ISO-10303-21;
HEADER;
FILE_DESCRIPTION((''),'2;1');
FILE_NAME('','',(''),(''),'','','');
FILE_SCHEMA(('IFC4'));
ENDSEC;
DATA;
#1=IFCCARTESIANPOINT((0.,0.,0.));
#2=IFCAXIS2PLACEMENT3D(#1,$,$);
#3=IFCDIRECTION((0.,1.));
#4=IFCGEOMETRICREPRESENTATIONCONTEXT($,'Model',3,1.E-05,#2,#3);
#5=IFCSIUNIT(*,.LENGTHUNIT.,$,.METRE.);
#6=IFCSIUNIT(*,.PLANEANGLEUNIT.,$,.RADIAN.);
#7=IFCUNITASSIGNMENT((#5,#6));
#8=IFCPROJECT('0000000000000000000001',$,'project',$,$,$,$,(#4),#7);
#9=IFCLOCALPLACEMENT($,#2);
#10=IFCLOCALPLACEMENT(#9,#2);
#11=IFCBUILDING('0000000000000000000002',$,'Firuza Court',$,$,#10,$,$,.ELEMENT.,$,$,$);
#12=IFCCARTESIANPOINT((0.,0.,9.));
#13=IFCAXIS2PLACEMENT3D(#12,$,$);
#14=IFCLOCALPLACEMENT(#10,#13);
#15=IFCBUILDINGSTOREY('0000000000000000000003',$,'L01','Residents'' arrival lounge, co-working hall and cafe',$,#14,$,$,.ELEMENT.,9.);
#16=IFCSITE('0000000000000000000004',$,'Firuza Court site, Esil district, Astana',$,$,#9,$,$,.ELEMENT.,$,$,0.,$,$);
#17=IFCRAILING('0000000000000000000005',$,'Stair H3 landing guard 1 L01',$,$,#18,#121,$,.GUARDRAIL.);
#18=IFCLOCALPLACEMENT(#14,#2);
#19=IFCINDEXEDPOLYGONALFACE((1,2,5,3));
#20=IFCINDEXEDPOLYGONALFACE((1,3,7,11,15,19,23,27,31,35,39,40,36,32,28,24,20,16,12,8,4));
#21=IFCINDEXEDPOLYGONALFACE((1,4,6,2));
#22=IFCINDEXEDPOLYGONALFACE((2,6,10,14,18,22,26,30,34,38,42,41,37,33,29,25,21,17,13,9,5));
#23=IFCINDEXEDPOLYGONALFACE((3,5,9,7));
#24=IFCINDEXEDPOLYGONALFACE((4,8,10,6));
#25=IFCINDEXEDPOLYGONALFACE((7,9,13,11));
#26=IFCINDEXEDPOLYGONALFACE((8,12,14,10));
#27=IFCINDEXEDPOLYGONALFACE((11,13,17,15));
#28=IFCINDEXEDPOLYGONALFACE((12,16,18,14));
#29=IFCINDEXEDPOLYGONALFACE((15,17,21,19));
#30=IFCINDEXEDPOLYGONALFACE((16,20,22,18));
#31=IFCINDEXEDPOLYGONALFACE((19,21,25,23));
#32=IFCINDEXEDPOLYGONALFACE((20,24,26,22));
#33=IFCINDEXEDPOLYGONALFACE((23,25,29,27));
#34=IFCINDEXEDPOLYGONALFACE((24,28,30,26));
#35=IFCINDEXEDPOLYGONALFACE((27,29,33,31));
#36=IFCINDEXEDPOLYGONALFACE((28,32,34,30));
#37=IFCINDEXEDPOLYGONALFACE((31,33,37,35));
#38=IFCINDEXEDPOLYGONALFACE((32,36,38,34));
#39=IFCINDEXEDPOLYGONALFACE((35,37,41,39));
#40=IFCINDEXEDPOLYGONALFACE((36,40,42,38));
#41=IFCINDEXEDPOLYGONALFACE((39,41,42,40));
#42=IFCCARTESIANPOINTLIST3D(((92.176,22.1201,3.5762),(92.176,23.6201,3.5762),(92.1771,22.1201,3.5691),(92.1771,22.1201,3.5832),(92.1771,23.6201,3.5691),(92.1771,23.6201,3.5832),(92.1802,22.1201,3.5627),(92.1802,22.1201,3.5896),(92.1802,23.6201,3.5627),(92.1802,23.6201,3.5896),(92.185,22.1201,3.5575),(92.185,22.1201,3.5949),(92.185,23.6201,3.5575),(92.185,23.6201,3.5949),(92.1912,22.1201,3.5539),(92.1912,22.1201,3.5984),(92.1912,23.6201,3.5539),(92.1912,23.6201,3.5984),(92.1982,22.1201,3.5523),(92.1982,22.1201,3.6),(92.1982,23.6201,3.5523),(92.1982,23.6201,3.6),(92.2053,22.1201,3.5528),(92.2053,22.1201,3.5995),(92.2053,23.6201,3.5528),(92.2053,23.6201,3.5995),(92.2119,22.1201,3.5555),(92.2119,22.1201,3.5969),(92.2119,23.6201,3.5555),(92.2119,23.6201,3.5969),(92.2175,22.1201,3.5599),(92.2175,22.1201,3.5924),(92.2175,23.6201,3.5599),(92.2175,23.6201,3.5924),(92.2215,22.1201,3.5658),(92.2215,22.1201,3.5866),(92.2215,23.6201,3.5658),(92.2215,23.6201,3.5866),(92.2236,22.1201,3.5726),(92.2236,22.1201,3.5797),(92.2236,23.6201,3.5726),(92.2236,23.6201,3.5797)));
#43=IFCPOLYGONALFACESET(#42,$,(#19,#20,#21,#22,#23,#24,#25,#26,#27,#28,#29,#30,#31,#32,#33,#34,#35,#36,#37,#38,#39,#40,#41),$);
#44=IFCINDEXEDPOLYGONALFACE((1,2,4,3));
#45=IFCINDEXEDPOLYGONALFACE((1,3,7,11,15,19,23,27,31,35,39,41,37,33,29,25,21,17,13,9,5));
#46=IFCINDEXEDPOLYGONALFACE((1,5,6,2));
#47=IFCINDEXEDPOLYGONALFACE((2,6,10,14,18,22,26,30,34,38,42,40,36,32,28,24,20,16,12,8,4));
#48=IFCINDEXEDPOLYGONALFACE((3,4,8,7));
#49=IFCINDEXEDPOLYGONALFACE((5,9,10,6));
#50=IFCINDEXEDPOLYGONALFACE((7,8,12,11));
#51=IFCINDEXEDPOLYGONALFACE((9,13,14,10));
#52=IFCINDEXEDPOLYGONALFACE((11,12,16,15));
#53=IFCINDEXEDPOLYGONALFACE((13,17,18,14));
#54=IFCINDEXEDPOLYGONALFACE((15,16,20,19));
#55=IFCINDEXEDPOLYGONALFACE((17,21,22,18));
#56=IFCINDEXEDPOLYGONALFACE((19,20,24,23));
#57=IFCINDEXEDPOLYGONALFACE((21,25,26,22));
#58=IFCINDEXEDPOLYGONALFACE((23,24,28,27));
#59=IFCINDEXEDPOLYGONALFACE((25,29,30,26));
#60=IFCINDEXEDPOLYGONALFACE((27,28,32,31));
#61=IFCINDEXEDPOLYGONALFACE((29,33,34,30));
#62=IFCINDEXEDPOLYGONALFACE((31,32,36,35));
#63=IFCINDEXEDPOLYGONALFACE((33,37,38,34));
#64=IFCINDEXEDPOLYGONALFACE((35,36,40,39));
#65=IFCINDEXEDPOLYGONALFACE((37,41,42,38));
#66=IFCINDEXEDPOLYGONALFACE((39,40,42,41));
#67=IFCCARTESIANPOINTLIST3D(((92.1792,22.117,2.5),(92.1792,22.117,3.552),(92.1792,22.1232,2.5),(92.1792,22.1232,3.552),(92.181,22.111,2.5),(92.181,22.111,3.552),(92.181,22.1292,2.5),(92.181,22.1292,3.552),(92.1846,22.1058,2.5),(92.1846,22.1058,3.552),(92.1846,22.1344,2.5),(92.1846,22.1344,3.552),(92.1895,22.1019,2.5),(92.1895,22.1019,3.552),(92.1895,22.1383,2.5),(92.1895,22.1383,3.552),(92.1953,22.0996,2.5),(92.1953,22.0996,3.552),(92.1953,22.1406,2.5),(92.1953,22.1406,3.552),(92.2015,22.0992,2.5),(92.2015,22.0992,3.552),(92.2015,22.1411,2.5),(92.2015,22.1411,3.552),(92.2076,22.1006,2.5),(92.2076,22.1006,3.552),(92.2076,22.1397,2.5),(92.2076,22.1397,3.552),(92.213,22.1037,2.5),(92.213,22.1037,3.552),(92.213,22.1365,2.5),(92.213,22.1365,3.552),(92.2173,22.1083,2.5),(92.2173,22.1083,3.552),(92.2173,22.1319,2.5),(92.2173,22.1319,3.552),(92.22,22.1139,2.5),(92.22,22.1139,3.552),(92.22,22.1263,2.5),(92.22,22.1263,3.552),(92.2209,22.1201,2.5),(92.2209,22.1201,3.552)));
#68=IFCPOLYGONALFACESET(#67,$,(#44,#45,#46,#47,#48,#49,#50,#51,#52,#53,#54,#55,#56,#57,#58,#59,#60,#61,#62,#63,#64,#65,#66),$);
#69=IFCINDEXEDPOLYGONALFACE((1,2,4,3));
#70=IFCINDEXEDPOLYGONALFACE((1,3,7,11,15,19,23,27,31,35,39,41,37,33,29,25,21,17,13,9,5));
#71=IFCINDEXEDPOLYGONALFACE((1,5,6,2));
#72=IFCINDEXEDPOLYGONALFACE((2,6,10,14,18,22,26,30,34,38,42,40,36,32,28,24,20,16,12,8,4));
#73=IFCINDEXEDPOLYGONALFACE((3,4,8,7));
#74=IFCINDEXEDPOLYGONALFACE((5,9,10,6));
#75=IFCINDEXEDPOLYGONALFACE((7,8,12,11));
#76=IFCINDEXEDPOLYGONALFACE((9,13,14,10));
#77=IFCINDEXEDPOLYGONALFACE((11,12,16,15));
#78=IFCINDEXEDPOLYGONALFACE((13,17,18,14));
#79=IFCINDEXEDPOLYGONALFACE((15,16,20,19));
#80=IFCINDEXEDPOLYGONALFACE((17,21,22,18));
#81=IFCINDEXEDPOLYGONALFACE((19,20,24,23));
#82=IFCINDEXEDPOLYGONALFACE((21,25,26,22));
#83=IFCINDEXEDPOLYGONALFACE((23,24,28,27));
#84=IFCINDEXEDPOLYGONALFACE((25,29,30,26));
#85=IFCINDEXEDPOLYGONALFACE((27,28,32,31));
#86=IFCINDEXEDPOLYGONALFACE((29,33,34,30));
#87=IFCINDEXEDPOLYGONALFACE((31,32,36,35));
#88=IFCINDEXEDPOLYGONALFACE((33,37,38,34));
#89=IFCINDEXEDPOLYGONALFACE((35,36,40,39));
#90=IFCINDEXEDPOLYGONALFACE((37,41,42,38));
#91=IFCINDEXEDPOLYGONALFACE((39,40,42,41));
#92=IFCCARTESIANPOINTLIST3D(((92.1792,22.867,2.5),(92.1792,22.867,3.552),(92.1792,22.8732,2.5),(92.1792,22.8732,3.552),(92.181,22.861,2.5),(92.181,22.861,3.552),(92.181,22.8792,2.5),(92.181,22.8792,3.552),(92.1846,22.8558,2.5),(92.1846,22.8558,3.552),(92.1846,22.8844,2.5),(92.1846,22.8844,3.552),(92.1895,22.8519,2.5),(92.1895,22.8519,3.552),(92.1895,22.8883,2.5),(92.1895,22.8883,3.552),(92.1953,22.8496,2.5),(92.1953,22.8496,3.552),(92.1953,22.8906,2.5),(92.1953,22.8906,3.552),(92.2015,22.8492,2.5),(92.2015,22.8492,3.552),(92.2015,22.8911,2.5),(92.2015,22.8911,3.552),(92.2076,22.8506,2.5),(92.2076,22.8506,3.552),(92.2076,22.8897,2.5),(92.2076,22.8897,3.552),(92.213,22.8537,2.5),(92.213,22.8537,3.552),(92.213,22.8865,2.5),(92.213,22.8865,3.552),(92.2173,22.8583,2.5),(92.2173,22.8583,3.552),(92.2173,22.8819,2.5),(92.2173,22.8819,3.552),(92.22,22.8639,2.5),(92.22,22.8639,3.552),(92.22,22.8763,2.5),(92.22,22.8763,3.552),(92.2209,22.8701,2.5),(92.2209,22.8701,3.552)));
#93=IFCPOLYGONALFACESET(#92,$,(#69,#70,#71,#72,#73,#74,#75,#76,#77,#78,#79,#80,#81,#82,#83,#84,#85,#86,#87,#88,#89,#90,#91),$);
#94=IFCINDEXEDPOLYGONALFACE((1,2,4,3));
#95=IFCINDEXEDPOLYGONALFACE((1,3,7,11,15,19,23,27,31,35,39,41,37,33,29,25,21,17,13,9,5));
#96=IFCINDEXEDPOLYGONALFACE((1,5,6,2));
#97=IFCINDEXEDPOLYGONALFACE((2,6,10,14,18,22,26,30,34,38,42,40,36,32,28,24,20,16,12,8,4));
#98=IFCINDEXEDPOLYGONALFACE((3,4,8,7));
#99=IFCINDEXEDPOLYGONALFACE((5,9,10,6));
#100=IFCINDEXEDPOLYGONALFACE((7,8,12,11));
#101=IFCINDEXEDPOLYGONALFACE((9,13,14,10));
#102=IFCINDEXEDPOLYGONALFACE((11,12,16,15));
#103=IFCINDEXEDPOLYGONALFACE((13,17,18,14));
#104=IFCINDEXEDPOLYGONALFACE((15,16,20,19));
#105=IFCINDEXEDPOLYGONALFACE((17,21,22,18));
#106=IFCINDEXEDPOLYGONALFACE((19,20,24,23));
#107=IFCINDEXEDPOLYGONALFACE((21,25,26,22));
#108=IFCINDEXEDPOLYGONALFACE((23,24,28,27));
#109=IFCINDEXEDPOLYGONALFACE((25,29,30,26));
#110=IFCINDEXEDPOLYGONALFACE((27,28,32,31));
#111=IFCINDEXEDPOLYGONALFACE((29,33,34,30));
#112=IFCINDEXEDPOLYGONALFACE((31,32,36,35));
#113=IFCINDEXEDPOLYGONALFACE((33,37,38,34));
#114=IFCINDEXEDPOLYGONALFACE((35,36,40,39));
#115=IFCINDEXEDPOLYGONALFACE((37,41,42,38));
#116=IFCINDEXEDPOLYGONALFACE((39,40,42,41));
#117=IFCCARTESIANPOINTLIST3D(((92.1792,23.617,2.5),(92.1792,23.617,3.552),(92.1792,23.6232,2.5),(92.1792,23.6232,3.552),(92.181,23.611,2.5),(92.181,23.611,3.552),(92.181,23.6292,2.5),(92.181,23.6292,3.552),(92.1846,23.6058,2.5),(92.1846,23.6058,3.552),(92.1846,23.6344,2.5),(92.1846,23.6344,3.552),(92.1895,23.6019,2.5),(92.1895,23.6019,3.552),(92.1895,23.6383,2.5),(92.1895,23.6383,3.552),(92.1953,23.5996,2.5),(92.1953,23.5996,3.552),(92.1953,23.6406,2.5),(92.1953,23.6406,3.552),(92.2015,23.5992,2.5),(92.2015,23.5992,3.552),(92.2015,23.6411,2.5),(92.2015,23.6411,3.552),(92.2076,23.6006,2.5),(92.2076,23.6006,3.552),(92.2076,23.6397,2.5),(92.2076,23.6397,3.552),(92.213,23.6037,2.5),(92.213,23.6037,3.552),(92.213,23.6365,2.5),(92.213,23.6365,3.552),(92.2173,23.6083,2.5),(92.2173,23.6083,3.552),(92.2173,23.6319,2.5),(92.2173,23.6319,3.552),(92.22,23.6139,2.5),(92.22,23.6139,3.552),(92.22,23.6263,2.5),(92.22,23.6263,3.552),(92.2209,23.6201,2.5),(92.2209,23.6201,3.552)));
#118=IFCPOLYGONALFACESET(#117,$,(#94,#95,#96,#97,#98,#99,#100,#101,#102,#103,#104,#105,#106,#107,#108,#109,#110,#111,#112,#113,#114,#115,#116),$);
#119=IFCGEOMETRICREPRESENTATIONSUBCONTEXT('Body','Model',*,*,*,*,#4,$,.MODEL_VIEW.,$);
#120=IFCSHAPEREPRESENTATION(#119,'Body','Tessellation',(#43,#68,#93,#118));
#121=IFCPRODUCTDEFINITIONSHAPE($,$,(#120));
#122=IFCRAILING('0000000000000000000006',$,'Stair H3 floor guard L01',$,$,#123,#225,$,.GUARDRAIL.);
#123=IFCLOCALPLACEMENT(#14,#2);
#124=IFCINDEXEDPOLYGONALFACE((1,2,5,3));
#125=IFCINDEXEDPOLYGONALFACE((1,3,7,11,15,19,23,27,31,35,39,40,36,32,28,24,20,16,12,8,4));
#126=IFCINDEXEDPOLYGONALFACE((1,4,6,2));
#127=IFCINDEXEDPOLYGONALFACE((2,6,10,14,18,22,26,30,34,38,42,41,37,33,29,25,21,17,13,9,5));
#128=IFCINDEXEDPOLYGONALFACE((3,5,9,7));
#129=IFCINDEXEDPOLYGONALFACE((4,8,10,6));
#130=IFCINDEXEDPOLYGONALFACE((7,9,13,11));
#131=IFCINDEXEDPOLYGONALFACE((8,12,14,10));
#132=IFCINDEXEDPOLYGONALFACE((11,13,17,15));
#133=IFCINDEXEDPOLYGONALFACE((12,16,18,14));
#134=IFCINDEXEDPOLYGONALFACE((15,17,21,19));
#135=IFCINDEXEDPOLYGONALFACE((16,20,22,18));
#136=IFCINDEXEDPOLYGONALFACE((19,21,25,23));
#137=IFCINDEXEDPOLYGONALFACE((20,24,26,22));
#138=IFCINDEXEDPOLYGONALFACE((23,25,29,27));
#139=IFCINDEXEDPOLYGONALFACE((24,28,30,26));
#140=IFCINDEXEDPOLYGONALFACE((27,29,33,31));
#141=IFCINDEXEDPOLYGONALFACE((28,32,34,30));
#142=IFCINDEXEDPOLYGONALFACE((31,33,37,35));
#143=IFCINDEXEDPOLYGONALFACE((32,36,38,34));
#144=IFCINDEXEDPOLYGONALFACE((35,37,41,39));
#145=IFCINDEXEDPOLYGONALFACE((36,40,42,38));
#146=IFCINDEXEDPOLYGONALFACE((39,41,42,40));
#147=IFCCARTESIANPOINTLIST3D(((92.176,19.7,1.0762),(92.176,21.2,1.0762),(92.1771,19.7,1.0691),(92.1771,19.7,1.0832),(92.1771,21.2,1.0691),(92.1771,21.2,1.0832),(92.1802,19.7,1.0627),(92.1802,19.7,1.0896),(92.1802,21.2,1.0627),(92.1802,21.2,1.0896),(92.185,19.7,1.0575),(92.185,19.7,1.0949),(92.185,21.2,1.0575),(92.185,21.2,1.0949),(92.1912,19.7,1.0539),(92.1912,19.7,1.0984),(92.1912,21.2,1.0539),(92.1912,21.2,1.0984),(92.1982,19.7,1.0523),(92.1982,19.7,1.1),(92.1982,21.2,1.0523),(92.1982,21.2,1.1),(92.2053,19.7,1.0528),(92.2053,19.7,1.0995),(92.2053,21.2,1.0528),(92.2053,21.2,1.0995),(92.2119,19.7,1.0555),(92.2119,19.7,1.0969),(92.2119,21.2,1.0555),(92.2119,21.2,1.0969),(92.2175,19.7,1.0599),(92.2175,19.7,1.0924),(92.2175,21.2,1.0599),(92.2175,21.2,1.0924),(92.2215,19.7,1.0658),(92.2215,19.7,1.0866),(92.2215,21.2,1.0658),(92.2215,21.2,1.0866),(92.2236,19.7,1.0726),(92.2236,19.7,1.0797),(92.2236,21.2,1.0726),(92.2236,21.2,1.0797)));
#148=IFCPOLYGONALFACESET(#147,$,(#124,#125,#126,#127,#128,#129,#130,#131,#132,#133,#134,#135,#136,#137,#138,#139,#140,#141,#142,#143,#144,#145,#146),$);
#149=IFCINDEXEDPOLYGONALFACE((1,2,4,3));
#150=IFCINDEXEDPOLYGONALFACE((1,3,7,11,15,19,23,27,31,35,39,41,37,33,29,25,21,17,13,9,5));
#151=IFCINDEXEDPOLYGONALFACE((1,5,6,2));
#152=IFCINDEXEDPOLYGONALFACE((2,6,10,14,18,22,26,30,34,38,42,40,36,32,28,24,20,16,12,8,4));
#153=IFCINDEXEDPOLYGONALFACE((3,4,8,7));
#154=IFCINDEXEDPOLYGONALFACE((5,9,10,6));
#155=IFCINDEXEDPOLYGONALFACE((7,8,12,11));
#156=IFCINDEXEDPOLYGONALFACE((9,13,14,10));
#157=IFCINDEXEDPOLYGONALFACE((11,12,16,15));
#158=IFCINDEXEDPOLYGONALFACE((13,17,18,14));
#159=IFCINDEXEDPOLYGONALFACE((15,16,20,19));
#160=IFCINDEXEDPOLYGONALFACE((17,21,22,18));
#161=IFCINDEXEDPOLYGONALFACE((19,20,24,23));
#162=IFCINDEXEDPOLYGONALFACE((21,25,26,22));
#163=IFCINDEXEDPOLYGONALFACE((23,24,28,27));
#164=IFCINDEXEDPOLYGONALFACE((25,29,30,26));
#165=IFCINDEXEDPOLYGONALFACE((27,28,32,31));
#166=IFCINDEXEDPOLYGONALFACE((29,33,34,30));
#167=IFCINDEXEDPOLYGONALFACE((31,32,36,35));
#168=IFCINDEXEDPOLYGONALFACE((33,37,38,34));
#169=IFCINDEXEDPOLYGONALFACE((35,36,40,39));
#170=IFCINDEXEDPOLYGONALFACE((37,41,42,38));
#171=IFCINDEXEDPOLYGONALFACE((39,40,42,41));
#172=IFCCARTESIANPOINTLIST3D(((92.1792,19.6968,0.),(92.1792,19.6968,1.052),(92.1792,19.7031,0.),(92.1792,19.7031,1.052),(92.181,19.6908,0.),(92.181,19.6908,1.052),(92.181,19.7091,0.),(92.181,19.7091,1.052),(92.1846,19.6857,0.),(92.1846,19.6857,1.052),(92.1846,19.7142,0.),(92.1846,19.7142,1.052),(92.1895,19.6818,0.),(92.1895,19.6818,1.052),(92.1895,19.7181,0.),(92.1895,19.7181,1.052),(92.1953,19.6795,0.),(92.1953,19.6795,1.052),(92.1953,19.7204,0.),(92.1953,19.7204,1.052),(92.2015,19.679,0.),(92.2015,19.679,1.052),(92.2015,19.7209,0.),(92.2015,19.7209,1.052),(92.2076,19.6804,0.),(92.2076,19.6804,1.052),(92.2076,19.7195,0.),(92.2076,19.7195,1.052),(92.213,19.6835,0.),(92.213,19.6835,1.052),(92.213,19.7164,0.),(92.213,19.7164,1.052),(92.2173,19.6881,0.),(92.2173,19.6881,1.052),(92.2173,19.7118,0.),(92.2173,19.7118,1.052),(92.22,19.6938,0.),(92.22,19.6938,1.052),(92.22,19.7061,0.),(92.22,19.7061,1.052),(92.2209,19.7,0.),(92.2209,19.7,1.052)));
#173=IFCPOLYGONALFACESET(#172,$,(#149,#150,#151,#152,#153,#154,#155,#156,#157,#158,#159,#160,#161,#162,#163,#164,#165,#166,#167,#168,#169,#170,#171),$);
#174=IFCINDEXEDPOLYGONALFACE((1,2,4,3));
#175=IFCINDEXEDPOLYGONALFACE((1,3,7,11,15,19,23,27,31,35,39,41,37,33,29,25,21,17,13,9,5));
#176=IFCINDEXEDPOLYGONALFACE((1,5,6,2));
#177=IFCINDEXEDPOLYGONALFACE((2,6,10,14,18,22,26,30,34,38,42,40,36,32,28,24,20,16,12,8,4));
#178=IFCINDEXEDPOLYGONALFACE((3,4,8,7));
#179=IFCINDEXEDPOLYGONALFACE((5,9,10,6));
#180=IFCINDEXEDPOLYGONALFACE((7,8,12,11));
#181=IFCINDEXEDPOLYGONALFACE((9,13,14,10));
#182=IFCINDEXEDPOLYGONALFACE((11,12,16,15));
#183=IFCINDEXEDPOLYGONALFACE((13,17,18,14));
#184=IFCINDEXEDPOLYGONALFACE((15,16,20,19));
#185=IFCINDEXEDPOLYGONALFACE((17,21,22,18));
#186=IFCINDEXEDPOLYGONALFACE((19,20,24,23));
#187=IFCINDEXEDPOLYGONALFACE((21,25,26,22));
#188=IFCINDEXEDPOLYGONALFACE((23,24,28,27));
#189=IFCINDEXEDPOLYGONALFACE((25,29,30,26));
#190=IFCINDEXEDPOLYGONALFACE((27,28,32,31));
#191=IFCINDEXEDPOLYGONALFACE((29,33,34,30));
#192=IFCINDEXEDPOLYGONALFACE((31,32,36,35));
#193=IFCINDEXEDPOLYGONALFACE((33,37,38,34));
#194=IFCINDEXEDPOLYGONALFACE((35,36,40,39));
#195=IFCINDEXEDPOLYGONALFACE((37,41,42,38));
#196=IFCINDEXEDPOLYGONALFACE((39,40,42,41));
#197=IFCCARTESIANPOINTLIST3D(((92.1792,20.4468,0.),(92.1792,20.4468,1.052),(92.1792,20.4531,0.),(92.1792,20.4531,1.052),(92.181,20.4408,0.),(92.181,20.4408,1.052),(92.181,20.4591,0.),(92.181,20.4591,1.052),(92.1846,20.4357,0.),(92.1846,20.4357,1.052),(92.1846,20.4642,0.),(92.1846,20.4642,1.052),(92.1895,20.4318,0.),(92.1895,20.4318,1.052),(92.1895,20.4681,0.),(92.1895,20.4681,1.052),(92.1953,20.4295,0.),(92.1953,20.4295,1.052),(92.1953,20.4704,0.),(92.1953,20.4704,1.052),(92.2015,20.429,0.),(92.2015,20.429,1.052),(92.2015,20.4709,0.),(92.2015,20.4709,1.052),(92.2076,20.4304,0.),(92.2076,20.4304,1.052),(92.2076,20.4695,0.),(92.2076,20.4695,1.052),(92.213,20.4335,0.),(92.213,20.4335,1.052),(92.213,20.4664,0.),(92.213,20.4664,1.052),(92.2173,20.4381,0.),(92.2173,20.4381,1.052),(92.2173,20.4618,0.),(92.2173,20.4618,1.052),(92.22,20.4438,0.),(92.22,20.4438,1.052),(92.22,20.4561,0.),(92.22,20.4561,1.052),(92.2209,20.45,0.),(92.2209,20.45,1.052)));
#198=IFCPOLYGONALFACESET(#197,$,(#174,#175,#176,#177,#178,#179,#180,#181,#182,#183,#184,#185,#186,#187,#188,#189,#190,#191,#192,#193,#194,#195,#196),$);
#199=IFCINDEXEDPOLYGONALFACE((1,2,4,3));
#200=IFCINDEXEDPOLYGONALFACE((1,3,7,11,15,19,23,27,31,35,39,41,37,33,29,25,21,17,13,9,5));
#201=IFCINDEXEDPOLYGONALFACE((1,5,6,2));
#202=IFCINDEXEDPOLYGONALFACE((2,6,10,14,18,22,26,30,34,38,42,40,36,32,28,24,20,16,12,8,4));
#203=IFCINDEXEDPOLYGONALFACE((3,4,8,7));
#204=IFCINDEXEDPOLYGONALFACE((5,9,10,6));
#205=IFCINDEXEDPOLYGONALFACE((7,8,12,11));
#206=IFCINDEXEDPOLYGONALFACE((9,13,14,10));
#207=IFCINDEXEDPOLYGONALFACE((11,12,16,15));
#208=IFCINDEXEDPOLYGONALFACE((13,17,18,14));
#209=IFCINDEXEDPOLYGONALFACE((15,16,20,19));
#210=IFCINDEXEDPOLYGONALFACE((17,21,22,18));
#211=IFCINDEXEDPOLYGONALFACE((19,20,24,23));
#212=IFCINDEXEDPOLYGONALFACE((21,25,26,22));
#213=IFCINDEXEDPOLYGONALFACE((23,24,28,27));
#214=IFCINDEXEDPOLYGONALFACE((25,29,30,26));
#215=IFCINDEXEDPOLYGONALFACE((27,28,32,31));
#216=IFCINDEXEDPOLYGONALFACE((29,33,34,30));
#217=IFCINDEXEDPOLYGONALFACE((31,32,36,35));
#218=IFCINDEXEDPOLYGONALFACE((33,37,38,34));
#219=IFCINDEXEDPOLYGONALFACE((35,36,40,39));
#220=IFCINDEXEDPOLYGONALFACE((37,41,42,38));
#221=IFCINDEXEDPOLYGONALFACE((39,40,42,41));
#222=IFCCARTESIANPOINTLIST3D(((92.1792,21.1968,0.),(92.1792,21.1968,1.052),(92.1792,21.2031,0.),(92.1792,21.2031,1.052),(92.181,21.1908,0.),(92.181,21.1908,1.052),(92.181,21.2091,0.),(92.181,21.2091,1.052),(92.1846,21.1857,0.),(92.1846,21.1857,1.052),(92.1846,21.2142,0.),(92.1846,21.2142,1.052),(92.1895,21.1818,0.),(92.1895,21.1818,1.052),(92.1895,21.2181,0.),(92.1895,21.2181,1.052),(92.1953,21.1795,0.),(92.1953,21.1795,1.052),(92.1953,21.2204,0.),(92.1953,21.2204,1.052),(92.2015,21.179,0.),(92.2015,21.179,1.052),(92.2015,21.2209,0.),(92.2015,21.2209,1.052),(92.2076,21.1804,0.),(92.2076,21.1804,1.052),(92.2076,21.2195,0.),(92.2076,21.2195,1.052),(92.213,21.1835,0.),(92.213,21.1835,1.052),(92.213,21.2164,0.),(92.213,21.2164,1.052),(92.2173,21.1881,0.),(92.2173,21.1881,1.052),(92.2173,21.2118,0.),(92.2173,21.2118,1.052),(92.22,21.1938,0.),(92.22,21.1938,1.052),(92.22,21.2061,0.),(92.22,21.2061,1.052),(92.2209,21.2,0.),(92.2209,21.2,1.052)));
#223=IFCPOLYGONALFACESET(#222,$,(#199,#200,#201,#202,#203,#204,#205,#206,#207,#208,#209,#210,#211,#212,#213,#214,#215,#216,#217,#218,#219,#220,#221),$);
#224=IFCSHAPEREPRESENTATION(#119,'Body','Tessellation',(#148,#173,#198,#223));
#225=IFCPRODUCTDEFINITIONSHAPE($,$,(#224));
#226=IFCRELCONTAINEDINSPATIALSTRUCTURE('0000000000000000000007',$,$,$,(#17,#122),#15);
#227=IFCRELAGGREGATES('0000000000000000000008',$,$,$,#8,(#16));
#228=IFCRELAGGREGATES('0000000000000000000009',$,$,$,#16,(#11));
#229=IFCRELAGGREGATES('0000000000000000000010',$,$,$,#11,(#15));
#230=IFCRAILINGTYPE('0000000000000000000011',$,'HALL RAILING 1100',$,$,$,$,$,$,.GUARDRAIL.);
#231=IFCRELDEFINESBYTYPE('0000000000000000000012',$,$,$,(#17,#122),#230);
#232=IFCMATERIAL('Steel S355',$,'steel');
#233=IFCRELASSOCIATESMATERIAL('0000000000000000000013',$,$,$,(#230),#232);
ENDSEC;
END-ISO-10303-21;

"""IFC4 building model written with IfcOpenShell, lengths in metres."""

from ifc_helpers import new_model, si_unit, direction, frame, origin, origin_2d, place, context, subcontext, project, spatial, circle, extrude, material, type_object, element, save


model = new_model("IFC4")

# Units and contexts
model_context = context("Model", 3, precision=1e-05, world=origin(), true_north=direction((0.0, 1.0)))
body_context = subcontext(model_context, "Body", "Model", "MODEL_VIEW")
ifc_project = project(units=[si_unit("LENGTHUNIT", "METRE"), si_unit("PLANEANGLEUNIT", "RADIAN")], contexts=[model_context])

# Site, building, storey
site_placement = place(None, origin())
site = spatial("IfcSite", under=ifc_project, at=site_placement, Name="Firuza Court site, Esil district, Astana", CompositionType="ELEMENT", RefElevation=0.0)
building_placement = place(site_placement, origin())
building = spatial("IfcBuilding", under=site, at=building_placement, Name="Firuza Court", CompositionType="ELEMENT")
storey_placement = place(building_placement, frame((0.0, 0.0, 9.0)))
storey = spatial("IfcBuildingStorey", under=building, at=storey_placement, Name="L01", Description="Residents' arrival lounge, co-working hall and cafe", CompositionType="ELEMENT", Elevation=9.0)

# Railings
ifc_material_1 = material(Name="Steel S355", Category="steel")
railing_type_1 = type_object("IfcRailingType", Name="HALL RAILING 1100", PredefinedType="GUARDRAIL", material=ifc_material_1)
for number, where, name in (
    (1, (92.2, 22.1201, 2.5), "Stair H3 landing guard 1 L01"),
    (2, (92.2, 19.7, 0.0), "Stair H3 floor guard L01"),
):
    element("IfcRailing", number, at=place(storey_placement, frame(where)), inside=storey, type_object=railing_type_1, Name=name, PredefinedType="GUARDRAIL", context=body_context, shape_type="SweptSolid", body=[
        extrude(circle(Radius=0.0239, at=origin_2d()), frame((0.0, 0.0, 1.0762), z_axis=(0.0, 1.0, 0.0), x_axis=(-1.0, 0.0, 0.0)), (0.0, 0.0, 1.0), 1.5),
        extrude(circle(Radius=0.021, at=origin_2d()), origin(), (0.0, 0.0, 1.0), 1.052),
        extrude(circle(Radius=0.021, at=origin_2d()), frame((0.0, 0.75, 0.0)), (0.0, 0.0, 1.0), 1.052),
        extrude(circle(Radius=0.021, at=origin_2d()), frame((0.0, 1.5, 0.0)), (0.0, 0.0, 1.0), 1.052),
    ])

save(model, "model.ifc")
